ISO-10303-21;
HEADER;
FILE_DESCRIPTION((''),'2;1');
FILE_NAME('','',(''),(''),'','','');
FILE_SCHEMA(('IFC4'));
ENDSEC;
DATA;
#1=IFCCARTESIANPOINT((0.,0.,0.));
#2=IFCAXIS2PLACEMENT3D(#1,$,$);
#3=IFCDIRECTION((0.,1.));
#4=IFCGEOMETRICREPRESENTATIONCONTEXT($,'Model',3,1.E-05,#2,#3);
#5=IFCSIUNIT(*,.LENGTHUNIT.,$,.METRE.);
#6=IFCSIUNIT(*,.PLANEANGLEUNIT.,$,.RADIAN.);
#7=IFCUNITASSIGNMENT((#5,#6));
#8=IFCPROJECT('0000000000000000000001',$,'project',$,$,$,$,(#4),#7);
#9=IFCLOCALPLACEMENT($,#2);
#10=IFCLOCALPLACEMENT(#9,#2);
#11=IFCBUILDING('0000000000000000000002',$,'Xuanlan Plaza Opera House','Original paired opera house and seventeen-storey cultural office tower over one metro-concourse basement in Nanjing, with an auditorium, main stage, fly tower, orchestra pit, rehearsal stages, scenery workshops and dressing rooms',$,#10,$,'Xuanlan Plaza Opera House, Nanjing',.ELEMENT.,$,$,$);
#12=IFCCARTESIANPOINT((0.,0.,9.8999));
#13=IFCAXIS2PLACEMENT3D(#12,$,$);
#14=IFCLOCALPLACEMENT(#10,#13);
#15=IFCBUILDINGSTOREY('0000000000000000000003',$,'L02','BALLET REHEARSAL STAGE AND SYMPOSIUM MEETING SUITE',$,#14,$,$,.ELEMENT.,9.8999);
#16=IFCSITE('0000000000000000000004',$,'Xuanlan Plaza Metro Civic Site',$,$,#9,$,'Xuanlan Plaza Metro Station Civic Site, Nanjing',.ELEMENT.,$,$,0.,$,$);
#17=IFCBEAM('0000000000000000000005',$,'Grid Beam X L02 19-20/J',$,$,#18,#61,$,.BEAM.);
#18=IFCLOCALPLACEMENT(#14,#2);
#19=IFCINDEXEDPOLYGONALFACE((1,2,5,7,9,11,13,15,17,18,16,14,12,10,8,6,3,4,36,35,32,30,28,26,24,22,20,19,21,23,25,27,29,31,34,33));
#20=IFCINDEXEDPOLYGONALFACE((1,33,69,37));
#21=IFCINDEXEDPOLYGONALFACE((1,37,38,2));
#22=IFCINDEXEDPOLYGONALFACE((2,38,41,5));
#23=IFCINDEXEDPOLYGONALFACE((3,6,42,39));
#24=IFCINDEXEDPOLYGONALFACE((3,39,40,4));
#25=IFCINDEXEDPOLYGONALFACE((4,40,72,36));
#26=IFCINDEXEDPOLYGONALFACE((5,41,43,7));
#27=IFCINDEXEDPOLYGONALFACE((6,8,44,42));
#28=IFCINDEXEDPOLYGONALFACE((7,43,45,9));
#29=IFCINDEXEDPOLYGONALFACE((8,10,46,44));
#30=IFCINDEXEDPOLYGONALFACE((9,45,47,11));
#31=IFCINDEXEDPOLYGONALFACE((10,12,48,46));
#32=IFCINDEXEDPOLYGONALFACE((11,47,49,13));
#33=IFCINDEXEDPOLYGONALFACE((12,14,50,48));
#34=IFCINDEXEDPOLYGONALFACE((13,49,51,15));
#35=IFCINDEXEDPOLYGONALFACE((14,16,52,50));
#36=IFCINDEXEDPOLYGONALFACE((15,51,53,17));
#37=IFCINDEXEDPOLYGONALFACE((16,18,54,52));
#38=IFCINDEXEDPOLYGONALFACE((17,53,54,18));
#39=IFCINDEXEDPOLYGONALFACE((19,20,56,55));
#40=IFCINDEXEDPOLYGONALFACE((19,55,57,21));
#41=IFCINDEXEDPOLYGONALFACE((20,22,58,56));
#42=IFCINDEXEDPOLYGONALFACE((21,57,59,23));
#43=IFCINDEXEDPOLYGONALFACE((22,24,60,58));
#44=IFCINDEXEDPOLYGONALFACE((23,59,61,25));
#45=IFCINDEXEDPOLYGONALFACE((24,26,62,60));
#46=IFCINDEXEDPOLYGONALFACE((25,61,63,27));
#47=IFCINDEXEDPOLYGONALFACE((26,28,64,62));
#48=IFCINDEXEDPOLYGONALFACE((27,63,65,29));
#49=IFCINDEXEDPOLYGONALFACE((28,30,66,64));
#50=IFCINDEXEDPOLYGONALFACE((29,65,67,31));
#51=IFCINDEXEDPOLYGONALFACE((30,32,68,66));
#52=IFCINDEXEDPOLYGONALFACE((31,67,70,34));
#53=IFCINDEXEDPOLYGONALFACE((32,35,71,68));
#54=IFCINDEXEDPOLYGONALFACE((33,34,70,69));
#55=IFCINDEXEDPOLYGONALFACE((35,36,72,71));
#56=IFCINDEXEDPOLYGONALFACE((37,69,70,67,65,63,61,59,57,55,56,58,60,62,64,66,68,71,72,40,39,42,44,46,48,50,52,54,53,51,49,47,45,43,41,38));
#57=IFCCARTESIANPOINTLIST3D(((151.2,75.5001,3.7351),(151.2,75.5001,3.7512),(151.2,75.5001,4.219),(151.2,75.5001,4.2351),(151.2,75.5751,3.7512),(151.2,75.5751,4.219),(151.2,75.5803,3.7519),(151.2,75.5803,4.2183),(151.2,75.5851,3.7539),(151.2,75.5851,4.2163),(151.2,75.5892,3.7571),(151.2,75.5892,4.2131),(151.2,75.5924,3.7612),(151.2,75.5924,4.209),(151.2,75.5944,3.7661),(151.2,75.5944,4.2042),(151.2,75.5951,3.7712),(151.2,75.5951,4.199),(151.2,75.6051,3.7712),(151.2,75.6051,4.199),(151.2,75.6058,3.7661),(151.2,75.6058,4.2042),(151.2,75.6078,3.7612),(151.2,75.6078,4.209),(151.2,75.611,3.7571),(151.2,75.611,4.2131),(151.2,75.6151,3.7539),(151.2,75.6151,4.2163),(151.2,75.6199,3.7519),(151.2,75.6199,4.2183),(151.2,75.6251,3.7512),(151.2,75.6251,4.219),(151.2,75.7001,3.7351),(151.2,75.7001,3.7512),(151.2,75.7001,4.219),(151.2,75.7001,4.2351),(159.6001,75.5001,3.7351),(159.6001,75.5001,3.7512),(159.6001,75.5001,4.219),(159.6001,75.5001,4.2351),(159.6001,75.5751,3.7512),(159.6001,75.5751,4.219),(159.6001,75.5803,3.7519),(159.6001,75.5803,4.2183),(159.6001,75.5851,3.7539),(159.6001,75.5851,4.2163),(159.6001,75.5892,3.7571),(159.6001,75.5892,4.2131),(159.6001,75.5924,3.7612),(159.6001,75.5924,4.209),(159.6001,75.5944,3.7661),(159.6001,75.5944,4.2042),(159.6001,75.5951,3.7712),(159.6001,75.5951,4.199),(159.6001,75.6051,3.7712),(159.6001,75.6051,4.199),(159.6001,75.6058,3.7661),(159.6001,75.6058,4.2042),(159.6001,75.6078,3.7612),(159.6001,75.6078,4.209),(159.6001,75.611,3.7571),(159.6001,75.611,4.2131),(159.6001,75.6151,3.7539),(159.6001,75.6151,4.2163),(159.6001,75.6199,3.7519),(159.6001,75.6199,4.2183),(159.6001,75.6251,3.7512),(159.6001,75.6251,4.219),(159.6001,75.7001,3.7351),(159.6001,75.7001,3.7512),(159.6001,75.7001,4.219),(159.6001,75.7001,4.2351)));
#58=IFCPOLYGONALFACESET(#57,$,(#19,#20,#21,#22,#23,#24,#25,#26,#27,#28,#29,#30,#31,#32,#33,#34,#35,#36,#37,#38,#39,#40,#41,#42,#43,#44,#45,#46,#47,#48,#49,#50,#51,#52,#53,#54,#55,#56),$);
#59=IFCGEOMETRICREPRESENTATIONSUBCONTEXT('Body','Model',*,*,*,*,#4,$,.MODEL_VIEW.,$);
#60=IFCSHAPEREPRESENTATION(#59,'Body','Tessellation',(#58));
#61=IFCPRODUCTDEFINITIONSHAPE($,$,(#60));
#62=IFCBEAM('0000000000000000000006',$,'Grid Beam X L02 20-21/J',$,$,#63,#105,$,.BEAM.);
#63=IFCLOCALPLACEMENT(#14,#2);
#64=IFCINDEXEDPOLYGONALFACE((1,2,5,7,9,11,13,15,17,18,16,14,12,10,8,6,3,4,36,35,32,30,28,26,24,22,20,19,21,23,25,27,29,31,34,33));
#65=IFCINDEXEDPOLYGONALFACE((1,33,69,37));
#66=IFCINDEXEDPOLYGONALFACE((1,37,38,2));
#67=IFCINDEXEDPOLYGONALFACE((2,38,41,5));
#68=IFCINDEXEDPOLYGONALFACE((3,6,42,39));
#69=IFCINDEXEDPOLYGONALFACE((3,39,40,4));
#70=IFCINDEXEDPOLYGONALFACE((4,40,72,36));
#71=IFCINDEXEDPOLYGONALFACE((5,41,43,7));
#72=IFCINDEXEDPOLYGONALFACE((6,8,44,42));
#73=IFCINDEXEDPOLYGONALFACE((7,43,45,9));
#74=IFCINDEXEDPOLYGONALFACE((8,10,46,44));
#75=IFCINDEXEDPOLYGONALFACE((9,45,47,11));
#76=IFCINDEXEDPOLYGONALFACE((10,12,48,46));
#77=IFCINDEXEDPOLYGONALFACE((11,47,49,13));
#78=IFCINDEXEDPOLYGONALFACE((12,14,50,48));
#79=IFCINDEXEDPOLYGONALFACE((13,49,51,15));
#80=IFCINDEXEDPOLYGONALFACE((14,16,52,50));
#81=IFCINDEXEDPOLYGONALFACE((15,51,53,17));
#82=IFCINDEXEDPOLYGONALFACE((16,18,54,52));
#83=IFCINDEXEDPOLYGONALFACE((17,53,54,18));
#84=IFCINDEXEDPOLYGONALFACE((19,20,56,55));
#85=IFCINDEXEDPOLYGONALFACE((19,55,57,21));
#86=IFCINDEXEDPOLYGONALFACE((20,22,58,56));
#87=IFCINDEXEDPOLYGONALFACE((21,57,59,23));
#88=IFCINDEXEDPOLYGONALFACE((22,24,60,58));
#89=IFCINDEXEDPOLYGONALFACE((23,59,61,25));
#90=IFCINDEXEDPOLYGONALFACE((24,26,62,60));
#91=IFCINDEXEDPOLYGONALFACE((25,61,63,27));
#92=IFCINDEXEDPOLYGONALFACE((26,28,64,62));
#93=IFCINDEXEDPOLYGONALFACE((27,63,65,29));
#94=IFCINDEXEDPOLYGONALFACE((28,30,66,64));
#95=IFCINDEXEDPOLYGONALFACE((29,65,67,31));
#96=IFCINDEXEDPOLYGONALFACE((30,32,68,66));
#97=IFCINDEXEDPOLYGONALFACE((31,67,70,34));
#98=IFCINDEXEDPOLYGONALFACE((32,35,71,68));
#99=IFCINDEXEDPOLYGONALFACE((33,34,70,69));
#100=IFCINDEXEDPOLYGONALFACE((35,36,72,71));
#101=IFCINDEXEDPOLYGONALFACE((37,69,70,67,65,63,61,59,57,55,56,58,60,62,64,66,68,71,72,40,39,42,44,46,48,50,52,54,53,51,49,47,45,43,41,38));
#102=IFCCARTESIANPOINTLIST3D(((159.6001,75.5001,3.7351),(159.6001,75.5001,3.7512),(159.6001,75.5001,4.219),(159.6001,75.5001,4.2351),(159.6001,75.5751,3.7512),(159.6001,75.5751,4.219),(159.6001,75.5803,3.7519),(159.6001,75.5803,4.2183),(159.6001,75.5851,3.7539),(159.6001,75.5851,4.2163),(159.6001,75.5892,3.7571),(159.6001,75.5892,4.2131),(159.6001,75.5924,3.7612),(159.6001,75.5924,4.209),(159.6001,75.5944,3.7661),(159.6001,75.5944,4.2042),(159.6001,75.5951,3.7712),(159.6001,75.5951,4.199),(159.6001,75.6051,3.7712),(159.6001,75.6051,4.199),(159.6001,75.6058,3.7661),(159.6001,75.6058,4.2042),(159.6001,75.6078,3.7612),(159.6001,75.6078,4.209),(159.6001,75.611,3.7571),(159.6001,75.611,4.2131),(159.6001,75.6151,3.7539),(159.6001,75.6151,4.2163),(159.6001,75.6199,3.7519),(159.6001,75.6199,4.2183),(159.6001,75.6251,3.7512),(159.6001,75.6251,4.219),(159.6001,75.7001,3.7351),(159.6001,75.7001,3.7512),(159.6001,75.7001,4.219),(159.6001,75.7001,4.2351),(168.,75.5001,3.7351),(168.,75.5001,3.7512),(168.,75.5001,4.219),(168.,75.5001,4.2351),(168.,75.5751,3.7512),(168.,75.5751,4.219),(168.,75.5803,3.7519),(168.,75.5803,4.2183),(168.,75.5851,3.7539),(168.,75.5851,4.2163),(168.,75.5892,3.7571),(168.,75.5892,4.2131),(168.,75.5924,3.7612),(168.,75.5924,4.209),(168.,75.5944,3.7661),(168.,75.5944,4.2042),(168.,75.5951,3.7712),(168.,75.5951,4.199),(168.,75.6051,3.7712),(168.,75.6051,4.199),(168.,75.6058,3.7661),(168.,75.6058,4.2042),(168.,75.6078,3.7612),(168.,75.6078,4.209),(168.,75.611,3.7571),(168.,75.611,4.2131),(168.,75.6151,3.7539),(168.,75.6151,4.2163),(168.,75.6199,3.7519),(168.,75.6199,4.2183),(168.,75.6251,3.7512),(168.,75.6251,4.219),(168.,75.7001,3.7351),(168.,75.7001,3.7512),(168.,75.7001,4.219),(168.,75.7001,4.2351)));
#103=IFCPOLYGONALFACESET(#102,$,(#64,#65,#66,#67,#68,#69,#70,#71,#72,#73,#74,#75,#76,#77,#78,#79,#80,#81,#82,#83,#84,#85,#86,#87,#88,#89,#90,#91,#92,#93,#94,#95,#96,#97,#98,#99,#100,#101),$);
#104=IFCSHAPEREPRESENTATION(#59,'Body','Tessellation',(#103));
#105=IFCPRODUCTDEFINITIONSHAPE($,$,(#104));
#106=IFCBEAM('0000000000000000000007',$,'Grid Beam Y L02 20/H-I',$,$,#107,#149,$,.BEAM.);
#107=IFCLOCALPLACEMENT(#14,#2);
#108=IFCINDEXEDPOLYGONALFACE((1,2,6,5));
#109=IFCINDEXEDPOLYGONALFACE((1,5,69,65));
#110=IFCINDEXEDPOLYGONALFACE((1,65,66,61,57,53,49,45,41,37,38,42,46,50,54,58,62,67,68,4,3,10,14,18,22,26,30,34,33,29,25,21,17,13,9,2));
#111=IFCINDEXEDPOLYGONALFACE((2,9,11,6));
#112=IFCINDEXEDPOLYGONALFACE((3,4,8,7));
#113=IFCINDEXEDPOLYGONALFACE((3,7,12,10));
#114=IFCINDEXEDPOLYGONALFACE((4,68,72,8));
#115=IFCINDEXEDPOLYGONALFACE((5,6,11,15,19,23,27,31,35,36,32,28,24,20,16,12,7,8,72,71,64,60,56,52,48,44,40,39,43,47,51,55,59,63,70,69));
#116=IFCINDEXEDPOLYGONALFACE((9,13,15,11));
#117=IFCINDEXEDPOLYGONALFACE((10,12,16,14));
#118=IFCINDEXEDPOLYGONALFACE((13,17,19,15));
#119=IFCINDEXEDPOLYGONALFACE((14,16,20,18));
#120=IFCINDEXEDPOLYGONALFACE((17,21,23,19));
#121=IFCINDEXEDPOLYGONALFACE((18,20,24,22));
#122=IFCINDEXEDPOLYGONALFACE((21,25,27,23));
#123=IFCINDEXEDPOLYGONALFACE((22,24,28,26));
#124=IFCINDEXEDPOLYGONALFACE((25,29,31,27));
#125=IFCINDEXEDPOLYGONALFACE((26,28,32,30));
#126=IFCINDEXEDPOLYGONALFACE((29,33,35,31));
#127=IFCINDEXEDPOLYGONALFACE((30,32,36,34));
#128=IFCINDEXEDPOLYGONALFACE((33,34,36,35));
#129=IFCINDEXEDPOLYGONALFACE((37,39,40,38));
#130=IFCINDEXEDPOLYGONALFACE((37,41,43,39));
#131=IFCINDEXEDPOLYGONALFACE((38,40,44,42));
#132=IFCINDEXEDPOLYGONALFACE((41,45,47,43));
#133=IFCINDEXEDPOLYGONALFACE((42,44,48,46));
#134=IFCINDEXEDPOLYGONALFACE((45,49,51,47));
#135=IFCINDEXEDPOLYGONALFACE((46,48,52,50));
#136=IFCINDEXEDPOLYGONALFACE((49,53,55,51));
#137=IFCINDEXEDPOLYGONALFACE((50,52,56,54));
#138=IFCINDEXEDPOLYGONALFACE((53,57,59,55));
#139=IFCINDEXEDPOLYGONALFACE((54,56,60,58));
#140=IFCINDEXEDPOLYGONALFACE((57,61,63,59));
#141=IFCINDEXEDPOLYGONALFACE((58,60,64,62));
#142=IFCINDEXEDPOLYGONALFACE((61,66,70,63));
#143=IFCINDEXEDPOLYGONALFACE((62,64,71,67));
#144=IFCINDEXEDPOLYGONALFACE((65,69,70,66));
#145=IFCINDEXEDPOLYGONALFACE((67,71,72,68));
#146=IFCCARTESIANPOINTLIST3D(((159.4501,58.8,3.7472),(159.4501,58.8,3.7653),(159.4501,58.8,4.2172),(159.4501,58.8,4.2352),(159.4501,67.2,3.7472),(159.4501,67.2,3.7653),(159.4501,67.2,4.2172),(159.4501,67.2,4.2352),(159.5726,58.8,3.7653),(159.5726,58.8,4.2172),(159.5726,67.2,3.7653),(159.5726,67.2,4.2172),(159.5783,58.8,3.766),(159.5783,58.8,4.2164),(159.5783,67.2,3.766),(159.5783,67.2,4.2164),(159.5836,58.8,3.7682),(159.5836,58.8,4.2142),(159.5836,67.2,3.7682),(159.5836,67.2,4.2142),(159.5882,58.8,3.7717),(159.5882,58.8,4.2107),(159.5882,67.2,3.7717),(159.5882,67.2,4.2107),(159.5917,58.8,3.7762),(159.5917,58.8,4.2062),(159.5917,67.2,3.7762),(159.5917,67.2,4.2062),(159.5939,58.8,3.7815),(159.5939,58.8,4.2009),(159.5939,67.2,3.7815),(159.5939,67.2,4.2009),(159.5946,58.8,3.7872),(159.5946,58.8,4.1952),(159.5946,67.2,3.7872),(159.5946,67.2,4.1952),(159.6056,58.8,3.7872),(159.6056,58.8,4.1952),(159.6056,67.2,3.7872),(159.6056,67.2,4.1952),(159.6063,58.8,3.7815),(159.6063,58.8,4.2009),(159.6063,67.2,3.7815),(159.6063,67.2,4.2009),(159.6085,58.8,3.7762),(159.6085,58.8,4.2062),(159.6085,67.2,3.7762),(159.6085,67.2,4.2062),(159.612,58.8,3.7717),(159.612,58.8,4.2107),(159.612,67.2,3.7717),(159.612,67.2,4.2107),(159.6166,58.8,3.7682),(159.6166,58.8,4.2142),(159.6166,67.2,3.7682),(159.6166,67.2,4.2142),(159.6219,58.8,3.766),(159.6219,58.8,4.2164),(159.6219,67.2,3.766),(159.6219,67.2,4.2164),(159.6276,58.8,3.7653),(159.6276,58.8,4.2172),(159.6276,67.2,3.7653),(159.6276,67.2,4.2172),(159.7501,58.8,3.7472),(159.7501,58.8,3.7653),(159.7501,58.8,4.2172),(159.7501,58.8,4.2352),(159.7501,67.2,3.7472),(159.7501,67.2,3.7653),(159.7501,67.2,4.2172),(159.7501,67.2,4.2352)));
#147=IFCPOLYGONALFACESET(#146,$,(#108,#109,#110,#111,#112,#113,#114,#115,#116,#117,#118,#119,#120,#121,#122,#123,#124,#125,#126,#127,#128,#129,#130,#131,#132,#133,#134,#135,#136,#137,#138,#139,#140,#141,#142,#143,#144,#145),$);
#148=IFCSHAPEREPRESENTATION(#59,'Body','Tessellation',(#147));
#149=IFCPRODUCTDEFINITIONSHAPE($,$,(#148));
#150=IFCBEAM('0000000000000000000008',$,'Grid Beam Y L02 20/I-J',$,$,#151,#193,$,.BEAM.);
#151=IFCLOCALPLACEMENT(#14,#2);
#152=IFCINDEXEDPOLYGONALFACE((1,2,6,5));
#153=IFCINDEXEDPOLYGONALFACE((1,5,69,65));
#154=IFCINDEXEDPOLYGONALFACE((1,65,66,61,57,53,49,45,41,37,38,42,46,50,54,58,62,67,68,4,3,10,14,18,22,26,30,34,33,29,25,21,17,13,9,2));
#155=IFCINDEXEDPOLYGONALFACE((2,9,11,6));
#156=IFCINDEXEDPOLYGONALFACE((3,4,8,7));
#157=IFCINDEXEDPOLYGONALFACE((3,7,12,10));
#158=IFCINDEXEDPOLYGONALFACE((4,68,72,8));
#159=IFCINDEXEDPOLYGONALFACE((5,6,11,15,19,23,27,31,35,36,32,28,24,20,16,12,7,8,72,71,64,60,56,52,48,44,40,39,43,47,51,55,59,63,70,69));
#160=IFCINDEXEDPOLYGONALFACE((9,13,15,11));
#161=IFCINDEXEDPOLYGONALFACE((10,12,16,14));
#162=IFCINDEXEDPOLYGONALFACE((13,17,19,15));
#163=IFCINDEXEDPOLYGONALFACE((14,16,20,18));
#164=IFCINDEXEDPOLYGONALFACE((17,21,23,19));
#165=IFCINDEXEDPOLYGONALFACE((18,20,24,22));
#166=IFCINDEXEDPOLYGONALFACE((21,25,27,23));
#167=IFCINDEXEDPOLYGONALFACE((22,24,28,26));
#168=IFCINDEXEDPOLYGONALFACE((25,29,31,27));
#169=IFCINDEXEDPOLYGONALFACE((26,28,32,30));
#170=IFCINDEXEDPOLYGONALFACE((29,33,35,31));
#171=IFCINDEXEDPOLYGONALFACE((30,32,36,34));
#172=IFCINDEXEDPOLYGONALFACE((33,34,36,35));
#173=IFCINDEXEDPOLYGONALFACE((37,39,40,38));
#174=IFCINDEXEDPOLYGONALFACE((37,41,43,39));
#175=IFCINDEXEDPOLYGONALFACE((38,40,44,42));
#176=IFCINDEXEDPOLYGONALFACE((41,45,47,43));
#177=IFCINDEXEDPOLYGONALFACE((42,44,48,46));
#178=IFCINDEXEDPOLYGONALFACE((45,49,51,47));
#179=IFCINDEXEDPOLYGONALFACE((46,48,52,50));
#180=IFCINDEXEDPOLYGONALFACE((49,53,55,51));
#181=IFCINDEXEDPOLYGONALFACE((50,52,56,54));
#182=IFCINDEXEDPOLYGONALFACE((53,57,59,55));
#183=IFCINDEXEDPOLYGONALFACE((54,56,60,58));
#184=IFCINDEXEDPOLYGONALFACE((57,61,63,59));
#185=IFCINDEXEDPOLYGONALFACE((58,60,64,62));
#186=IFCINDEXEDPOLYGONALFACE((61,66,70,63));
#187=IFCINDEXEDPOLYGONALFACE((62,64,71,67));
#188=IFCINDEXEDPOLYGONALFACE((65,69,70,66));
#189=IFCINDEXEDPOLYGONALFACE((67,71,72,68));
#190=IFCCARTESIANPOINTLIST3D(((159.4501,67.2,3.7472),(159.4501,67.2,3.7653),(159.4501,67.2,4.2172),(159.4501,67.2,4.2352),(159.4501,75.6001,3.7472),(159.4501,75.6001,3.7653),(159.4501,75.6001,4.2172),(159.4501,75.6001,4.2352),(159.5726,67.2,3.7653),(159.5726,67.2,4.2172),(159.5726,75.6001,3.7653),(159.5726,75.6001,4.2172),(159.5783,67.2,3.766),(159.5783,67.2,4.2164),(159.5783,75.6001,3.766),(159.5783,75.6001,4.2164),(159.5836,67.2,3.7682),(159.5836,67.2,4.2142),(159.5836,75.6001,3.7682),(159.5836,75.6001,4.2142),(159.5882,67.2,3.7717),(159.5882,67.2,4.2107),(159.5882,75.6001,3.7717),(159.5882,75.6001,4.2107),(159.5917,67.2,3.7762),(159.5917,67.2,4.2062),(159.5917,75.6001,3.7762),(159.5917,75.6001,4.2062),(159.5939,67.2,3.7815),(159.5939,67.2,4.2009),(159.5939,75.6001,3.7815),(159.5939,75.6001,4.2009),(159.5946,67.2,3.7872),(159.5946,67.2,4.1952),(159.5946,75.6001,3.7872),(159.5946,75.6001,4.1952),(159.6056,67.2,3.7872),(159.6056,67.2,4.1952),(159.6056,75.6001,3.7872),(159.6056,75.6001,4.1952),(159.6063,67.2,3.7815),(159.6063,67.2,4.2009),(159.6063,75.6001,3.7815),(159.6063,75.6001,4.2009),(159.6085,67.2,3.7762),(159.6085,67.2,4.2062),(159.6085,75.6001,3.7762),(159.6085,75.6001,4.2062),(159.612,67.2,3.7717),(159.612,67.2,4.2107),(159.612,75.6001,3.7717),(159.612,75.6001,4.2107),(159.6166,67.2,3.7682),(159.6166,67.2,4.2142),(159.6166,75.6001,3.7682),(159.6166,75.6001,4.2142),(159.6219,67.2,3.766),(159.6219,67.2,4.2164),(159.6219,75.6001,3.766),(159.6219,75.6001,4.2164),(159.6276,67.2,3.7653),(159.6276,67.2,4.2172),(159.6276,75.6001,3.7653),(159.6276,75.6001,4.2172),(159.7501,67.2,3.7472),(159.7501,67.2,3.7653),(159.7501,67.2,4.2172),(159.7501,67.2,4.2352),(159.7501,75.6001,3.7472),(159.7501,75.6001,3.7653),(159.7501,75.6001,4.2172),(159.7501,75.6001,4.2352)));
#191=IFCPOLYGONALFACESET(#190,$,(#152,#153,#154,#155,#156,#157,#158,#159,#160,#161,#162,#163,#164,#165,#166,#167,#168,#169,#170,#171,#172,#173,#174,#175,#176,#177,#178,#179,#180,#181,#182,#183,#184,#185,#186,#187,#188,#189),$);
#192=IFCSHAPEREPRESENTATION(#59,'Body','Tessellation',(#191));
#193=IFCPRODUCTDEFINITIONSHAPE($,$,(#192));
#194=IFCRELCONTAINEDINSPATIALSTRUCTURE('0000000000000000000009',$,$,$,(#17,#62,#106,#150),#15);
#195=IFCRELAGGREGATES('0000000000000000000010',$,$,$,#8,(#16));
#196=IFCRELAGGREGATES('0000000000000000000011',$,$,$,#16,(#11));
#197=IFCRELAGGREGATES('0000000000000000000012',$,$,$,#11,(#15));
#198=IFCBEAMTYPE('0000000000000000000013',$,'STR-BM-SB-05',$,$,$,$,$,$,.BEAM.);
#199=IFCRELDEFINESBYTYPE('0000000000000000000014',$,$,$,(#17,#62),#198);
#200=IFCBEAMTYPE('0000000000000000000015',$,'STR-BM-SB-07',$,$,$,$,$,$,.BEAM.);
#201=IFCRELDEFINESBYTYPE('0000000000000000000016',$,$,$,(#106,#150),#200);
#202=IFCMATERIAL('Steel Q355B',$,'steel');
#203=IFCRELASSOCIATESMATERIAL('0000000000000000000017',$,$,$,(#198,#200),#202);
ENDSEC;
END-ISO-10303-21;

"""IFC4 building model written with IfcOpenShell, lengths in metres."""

from ifc_helpers import new_model, si_unit, direction, frame, origin, origin_2d, place, context, subcontext, project, spatial, i_section, extrude, material, material_profile, profile_set, type_object, element, save


model = new_model("IFC4")

# Units and contexts
model_context = context("Model", 3, precision=1e-05, world=origin(), true_north=direction((0.0, 1.0)))
body_context = subcontext(model_context, "Body", "Model", "MODEL_VIEW")
ifc_project = project(units=[si_unit("LENGTHUNIT", "METRE"), si_unit("PLANEANGLEUNIT", "RADIAN")], contexts=[model_context])

# Site, building, storey
site_placement = place(None, origin())
site = spatial("IfcSite", under=ifc_project, at=site_placement, Name="Xuanlan Plaza Metro Civic Site", LongName="Xuanlan Plaza Metro Station Civic Site, Nanjing", CompositionType="ELEMENT", RefElevation=0.0)
building_placement = place(site_placement, origin())
building = spatial("IfcBuilding", under=site, at=building_placement, Name="Xuanlan Plaza Opera House", Description="Original paired opera house and seventeen-storey cultural office tower over one metro-concourse basement in Nanjing, with an auditorium, main stage, fly tower, orchestra pit, rehearsal stages, scenery workshops and dressing rooms", LongName="Xuanlan Plaza Opera House, Nanjing", CompositionType="ELEMENT")
storey_placement = place(building_placement, frame((0.0, 0.0, 9.8999)))
storey = spatial("IfcBuildingStorey", under=building, at=storey_placement, Name="L02", Description="BALLET REHEARSAL STAGE AND SYMPOSIUM MEETING SUITE", CompositionType="ELEMENT", Elevation=9.8999)

# Beams
ifc_material_1 = material(Name="Steel Q355B", Category="steel")
ifc_material_profile_1 = material_profile(ifc_material_1, i_section(OverallWidth=0.2, OverallDepth=0.5, WebThickness=0.01, FlangeThickness=0.0161, FilletRadius=0.02, at=origin_2d()), Name="HN 500x200x10x16")
ifc_profile_set_1 = profile_set([ifc_material_profile_1], Name="Steel Q355B")
beam_type_1 = type_object("IfcBeamType", Name="STR-BM-SB-05", PredefinedType="BEAM", material=ifc_profile_set_1)
beam_1_placement = place(storey_placement, frame((151.2, 75.6001, 3.9851), z_axis=(1.0, 0.0, 0.0), x_axis=(0.0, 1.0, 0.0)))
element("IfcBeam", 1, at=beam_1_placement, inside=storey, type_object=beam_type_1, Name="Grid Beam X L02 19-20/J", PredefinedType="BEAM", context=body_context, shape_type="SweptSolid", body=[
    extrude(i_section(OverallWidth=0.2, OverallDepth=0.5, WebThickness=0.01, FlangeThickness=0.0161, FilletRadius=0.02, at=origin_2d()), origin(), (0.0, 0.0, 1.0), 8.4001),
])
beam_2_placement = place(storey_placement, frame((159.6001, 75.6001, 3.9851), z_axis=(1.0, 0.0, 0.0), x_axis=(0.0, 1.0, 0.0)))
element("IfcBeam", 2, at=beam_2_placement, inside=storey, type_object=beam_type_1, Name="Grid Beam X L02 20-21/J", PredefinedType="BEAM", context=body_context, shape_type="SweptSolid", body=[
    extrude(i_section(OverallWidth=0.2, OverallDepth=0.5, WebThickness=0.01, FlangeThickness=0.0161, FilletRadius=0.02, at=origin_2d()), origin(), (0.0, 0.0, 1.0), 8.3999),
])
ifc_material_profile_2 = material_profile(ifc_material_1, i_section(OverallWidth=0.3, OverallDepth=0.488, WebThickness=0.011, FlangeThickness=0.0181, FilletRadius=0.022, at=origin_2d()), Name="HM 488x300x11x18")
ifc_profile_set_2 = profile_set([ifc_material_profile_2], Name="Steel Q355B")
beam_type_2 = type_object("IfcBeamType", Name="STR-BM-SB-07", PredefinedType="BEAM", material=ifc_profile_set_2)
beam_3_placement = place(storey_placement, frame((159.6001, 58.8, 3.9912), z_axis=(0.0, 1.0, 0.0), x_axis=(-1.0, 0.0, 0.0)))
element("IfcBeam", 3, at=beam_3_placement, inside=storey, type_object=beam_type_2, Name="Grid Beam Y L02 20/H-I", PredefinedType="BEAM", context=body_context, shape_type="SweptSolid", body=[
    extrude(i_section(OverallWidth=0.3, OverallDepth=0.488, WebThickness=0.011, FlangeThickness=0.0181, FilletRadius=0.022, at=origin_2d()), origin(), (0.0, 0.0, 1.0), 8.3999),
])
beam_4_placement = place(storey_placement, frame((159.6001, 67.2, 3.9912), z_axis=(0.0, 1.0, 0.0), x_axis=(-1.0, 0.0, 0.0)))
element("IfcBeam", 4, at=beam_4_placement, inside=storey, type_object=beam_type_2, Name="Grid Beam Y L02 20/I-J", PredefinedType="BEAM", context=body_context, shape_type="SweptSolid", body=[
    extrude(i_section(OverallWidth=0.3, OverallDepth=0.488, WebThickness=0.011, FlangeThickness=0.0181, FilletRadius=0.022, at=origin_2d()), origin(), (0.0, 0.0, 1.0), 8.4001),
])

save(model, "model.ifc")
